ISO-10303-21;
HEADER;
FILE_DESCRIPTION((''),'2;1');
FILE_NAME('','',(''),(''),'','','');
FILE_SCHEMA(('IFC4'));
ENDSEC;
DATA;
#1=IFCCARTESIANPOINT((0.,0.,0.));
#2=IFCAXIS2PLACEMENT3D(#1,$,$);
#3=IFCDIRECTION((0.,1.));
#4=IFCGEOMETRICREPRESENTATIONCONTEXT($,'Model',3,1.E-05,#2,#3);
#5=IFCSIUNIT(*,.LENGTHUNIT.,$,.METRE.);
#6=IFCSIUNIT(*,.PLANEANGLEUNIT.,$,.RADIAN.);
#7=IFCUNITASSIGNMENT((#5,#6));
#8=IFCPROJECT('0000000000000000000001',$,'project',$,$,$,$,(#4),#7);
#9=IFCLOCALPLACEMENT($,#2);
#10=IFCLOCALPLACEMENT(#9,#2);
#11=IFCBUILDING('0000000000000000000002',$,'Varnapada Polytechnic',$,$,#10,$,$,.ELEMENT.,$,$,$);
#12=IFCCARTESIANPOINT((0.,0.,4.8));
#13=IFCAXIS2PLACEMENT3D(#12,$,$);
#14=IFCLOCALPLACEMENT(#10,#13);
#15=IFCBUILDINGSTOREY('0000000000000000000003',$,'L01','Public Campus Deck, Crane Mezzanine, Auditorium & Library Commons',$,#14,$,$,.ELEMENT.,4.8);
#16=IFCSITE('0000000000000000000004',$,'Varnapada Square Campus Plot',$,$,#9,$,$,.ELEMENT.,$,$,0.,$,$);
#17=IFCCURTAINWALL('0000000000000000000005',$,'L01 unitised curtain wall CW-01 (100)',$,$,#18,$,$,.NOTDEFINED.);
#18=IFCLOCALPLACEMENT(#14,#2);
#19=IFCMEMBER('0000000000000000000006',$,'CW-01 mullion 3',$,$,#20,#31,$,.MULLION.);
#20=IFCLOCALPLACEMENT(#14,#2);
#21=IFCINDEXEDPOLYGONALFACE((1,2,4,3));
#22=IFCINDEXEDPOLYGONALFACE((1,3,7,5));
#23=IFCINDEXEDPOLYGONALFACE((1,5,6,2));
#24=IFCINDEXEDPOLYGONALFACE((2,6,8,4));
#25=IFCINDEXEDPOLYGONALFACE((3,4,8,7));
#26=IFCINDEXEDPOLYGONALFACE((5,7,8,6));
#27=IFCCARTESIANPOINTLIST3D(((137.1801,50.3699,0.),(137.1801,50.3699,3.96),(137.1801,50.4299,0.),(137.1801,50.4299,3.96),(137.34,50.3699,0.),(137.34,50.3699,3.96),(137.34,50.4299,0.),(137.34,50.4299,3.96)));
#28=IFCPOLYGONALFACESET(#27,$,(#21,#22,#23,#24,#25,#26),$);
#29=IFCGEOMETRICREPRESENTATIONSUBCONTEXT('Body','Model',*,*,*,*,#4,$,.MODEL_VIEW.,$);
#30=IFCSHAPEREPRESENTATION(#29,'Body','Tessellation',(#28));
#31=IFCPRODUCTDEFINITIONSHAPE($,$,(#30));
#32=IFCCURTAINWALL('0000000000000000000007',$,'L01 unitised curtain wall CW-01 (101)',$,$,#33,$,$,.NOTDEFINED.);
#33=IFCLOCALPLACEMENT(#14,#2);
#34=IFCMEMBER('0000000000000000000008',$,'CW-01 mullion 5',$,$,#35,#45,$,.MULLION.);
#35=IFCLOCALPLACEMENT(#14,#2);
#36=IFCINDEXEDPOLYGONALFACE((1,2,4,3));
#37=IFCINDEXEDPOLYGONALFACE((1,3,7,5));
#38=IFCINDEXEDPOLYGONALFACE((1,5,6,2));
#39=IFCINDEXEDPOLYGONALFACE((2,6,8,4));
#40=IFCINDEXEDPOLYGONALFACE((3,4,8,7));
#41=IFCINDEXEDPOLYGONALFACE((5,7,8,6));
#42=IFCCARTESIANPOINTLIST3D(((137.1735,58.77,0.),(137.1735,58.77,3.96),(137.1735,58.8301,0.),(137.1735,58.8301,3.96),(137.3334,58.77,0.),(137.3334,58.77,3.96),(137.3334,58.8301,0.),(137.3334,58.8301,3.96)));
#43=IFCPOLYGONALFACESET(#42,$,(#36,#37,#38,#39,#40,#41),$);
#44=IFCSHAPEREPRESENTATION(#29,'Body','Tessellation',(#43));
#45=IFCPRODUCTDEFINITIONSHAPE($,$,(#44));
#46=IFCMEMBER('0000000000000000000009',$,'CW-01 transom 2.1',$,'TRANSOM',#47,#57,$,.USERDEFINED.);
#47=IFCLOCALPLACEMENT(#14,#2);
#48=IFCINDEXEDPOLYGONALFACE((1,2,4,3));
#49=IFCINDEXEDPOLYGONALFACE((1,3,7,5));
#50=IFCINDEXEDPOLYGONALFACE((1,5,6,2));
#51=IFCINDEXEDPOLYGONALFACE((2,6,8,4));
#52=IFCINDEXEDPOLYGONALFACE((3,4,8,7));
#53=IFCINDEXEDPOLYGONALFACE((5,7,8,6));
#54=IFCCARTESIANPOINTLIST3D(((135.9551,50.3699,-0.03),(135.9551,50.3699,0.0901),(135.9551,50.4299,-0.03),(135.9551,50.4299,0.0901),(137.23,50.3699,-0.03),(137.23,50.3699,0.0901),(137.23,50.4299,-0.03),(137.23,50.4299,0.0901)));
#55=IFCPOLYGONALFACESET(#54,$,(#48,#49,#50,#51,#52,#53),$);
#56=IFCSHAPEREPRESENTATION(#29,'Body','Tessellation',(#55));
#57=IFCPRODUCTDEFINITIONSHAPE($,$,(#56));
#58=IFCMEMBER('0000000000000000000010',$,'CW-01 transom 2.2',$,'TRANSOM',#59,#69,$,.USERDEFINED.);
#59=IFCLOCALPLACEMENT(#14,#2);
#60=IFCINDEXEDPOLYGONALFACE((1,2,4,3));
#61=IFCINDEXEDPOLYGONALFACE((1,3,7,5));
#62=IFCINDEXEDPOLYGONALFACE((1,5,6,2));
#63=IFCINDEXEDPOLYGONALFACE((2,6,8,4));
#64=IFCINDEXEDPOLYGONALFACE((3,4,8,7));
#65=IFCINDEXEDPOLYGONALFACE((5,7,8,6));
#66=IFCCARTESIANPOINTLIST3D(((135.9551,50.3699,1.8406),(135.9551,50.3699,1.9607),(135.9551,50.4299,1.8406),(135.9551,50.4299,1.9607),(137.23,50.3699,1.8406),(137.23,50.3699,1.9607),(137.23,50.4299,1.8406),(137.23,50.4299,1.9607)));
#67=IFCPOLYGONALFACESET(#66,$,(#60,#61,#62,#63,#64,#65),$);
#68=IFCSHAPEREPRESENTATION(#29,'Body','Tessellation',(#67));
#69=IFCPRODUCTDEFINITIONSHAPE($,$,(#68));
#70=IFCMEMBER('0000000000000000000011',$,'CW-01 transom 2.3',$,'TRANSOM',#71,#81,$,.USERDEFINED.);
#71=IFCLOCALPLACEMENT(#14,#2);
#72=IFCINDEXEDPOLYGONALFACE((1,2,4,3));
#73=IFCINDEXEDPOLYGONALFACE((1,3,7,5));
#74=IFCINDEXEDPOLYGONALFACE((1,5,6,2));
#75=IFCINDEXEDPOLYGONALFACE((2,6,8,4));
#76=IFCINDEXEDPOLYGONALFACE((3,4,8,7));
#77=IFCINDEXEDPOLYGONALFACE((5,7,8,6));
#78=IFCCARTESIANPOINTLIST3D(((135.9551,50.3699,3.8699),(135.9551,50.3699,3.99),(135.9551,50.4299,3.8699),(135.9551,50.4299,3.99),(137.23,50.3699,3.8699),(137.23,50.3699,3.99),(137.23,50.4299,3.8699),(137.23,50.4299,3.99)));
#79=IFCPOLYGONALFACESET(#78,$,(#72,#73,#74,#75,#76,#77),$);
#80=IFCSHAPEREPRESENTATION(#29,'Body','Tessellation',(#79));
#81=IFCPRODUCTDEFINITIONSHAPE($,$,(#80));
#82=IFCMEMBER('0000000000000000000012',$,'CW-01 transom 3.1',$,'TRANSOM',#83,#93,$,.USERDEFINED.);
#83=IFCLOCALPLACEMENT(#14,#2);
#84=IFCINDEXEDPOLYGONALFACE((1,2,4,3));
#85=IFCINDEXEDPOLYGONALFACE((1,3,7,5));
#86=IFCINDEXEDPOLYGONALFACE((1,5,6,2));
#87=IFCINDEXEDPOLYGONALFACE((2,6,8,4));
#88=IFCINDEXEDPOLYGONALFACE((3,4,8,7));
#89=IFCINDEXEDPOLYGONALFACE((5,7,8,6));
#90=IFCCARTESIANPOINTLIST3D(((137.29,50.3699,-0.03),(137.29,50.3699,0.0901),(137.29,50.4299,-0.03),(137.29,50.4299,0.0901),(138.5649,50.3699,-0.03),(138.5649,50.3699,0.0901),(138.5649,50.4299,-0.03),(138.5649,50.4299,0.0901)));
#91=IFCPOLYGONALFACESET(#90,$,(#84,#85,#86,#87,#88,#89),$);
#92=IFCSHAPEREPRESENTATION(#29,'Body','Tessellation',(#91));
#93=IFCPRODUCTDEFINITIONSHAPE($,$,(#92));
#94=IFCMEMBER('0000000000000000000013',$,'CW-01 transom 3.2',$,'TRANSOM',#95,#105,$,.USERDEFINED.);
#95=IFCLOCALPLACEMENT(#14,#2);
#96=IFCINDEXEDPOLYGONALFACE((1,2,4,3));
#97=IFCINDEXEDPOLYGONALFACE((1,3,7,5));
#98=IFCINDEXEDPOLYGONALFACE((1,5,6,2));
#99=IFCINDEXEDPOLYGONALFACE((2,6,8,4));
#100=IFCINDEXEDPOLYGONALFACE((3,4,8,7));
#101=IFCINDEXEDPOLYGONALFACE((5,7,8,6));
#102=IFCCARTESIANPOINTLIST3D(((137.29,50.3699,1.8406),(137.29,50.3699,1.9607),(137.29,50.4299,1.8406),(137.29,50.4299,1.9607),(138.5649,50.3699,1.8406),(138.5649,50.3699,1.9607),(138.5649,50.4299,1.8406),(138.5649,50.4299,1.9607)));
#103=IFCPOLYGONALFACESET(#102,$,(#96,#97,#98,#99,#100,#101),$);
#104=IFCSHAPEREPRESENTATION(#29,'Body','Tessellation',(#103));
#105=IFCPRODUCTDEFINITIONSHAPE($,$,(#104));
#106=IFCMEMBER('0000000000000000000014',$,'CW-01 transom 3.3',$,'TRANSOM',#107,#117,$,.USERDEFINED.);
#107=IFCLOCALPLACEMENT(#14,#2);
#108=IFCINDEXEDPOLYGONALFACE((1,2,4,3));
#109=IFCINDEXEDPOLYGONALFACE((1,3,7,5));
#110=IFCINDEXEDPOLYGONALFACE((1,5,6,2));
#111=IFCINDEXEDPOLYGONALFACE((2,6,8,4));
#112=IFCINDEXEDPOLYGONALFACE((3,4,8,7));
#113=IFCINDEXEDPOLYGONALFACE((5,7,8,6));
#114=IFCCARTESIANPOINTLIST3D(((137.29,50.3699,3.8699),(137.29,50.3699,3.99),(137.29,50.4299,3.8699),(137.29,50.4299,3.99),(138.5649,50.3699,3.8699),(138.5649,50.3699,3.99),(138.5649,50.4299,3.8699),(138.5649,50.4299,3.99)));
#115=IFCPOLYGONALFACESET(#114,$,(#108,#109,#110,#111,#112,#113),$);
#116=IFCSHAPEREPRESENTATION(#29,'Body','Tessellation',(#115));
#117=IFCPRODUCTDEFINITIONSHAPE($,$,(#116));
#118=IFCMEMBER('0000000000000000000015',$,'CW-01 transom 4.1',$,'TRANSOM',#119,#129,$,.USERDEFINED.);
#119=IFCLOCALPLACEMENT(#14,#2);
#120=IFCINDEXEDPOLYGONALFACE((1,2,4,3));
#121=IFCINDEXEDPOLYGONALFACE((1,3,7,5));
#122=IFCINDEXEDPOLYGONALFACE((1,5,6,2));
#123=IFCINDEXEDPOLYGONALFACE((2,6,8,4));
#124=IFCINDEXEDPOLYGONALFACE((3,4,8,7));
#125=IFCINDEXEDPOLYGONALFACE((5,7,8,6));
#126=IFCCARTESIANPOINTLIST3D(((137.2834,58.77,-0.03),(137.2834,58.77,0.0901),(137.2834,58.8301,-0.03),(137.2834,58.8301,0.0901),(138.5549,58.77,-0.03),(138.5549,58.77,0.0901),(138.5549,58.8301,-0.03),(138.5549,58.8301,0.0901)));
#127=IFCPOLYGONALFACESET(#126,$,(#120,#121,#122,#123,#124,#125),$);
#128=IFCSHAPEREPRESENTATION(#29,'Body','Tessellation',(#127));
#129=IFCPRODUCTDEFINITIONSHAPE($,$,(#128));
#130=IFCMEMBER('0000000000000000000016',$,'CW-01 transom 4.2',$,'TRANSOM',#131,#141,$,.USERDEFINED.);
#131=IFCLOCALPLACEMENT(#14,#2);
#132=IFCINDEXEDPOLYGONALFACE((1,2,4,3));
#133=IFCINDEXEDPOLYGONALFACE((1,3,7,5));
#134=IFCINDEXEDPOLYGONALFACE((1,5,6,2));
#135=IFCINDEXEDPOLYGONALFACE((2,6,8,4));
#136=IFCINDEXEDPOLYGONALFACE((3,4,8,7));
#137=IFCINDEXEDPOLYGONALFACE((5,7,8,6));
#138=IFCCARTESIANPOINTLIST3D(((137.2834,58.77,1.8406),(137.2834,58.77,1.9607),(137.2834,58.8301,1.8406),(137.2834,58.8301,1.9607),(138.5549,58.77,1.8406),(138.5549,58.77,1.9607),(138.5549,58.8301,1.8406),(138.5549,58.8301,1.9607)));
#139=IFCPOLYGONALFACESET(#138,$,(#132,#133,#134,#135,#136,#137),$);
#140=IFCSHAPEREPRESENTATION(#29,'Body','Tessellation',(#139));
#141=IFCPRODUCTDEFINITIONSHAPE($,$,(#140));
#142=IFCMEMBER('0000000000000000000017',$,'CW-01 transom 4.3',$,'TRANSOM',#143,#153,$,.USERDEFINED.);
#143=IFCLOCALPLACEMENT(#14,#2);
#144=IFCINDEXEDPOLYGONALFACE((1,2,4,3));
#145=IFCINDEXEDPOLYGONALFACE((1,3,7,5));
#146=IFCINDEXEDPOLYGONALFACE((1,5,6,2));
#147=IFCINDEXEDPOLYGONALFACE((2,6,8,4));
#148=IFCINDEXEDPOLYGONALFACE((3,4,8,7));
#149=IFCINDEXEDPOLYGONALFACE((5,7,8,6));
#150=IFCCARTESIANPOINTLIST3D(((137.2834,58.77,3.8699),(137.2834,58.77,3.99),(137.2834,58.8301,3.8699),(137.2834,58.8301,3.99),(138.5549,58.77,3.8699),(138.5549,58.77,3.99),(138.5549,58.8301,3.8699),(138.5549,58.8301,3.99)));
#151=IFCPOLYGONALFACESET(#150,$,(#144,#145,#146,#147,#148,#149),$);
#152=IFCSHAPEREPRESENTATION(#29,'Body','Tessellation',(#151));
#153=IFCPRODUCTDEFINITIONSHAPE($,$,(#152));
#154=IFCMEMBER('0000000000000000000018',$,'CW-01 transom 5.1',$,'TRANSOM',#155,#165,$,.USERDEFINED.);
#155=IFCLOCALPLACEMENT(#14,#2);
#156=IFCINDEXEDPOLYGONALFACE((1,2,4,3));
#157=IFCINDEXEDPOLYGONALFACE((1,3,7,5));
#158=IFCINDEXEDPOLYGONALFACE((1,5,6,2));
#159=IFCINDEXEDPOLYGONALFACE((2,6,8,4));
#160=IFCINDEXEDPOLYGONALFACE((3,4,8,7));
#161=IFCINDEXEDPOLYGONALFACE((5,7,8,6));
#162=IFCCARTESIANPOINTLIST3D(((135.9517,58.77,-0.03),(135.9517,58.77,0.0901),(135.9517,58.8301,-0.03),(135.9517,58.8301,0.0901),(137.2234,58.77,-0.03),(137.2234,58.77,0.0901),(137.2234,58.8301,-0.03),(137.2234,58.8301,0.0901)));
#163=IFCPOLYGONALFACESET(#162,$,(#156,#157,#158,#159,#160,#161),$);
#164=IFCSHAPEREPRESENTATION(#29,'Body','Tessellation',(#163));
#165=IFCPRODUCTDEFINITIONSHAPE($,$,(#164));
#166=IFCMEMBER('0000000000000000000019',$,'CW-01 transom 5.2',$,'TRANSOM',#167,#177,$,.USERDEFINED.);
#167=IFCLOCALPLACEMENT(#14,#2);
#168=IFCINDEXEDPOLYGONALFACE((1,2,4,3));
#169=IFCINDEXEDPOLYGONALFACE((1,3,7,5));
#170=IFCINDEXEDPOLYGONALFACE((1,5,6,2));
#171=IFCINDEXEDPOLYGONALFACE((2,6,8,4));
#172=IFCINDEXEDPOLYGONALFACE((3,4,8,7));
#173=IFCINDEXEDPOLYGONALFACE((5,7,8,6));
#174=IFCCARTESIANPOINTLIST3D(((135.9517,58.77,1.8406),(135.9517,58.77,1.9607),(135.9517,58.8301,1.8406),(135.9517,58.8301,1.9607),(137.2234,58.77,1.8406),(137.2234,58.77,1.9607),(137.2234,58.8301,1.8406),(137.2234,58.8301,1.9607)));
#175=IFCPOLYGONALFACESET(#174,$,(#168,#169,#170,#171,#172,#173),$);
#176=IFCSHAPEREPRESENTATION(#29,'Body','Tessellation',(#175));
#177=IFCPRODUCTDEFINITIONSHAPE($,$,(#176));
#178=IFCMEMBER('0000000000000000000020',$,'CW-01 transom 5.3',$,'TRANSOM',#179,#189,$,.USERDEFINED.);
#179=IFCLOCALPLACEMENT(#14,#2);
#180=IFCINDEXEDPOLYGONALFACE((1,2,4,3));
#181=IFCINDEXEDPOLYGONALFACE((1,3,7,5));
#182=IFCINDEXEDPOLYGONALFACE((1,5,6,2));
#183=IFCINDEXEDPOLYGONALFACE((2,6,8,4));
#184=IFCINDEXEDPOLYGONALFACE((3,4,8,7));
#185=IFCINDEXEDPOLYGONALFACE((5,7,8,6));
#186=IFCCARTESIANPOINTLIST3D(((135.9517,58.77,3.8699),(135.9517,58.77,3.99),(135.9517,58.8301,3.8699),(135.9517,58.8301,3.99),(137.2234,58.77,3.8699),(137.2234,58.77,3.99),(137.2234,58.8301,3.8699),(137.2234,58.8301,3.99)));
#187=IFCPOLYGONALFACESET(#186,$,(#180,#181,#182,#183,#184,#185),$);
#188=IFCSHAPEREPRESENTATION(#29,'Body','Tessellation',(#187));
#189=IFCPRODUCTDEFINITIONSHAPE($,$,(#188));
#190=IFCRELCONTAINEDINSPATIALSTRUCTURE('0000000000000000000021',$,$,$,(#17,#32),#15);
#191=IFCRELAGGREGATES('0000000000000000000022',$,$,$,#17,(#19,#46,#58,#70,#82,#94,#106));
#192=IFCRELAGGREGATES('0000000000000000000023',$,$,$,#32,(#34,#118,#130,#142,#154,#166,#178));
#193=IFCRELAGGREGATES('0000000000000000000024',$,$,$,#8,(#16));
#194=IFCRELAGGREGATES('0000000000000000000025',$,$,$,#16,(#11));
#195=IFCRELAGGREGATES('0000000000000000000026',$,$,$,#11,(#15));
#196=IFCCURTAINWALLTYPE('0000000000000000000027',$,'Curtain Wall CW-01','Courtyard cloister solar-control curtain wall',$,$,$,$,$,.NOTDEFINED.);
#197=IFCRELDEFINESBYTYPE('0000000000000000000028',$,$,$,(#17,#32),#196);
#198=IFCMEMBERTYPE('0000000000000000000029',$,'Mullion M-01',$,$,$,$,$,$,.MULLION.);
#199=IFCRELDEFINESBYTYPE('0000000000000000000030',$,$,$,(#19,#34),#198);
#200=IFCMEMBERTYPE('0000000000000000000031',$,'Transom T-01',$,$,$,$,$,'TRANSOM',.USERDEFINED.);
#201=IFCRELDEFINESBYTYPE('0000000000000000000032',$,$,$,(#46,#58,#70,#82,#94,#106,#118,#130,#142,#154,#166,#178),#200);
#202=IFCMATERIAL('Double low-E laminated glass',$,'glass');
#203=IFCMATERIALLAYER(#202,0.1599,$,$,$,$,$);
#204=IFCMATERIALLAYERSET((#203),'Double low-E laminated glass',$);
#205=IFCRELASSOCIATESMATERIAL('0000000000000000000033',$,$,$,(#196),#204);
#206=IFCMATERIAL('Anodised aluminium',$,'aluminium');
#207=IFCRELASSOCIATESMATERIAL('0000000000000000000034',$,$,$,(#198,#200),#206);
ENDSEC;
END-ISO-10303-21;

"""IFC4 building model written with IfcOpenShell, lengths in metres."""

from ifc_helpers import new_model, si_unit, direction, frame, origin, origin_2d, place, context, subcontext, project, spatial, rectangle, extrude, material, layer, layer_set, material_profile, profile_set, type_object, element, aggregate, save


model = new_model("IFC4")

# Units and contexts
model_context = context("Model", 3, precision=1e-05, world=origin(), true_north=direction((0.0, 1.0)))
body_context = subcontext(model_context, "Body", "Model", "MODEL_VIEW")
ifc_project = project(units=[si_unit("LENGTHUNIT", "METRE"), si_unit("PLANEANGLEUNIT", "RADIAN")], contexts=[model_context])

# Site, building, storey
site_placement = place(None, origin())
site = spatial("IfcSite", under=ifc_project, at=site_placement, Name="Varnapada Square Campus Plot", CompositionType="ELEMENT", RefElevation=0.0)
building_placement = place(site_placement, origin())
building = spatial("IfcBuilding", under=site, at=building_placement, Name="Varnapada Polytechnic", CompositionType="ELEMENT")
storey_placement = place(building_placement, frame((0.0, 0.0, 4.8)))
storey = spatial("IfcBuildingStorey", under=building, at=storey_placement, Name="L01", Description="Public Campus Deck, Crane Mezzanine, Auditorium & Library Commons", CompositionType="ELEMENT", Elevation=4.8)

# Curtain walls, members
ifc_material_1 = material(Name="Double low-E laminated glass", Category="glass")
ifc_layer_1 = layer(ifc_material_1, 0.1599)
ifc_layer_set_1 = layer_set([ifc_layer_1], Name="Double low-E laminated glass")
curtain_wall_type = type_object("IfcCurtainWallType", Name="Curtain Wall CW-01", Description="Courtyard cloister solar-control curtain wall", PredefinedType="NOTDEFINED", material=ifc_layer_set_1)
curtain_wall_1_placement = place(storey_placement, origin())
curtain_wall_1 = element("IfcCurtainWall", 1, at=curtain_wall_1_placement, inside=storey, type_object=curtain_wall_type, Name="L01 unitised curtain wall CW-01 (100)", PredefinedType="NOTDEFINED")
ifc_material_2 = material(Name="Anodised aluminium", Category="aluminium")
ifc_material_profile_1 = material_profile(ifc_material_2, rectangle(XDim=0.0601, YDim=0.1599, at=origin_2d()), Name="ALU M60x160")
ifc_profile_set_1 = profile_set([ifc_material_profile_1], Name="Anodised aluminium")
member_type_1 = type_object("IfcMemberType", Name="Mullion M-01", PredefinedType="MULLION", material=ifc_profile_set_1)
member_1_placement = place(storey_placement, frame((137.26, 50.3999, 0.0), z_axis=(0.0, 0.0, 1.0), x_axis=(0.0, 1.0, 0.0)))
member_1 = element("IfcMember", 2, at=member_1_placement, type_object=member_type_1, Name="CW-01 mullion 3", PredefinedType="MULLION", context=body_context, shape_type="SweptSolid", body=[
    extrude(rectangle(XDim=0.0601, YDim=0.1599, at=origin_2d()), origin(), (0.0, 0.0, 1.0), 3.96),
])
curtain_wall_2_placement = place(storey_placement, origin())
curtain_wall_2 = element("IfcCurtainWall", 3, at=curtain_wall_2_placement, inside=storey, type_object=curtain_wall_type, Name="L01 unitised curtain wall CW-01 (101)", PredefinedType="NOTDEFINED")
member_2_placement = place(storey_placement, frame((137.2534, 58.8, 0.0), z_axis=(0.0, 0.0, 1.0), x_axis=(0.0, -1.0, 0.0)))
member_2 = element("IfcMember", 4, at=member_2_placement, type_object=member_type_1, Name="CW-01 mullion 5", PredefinedType="MULLION", context=body_context, shape_type="SweptSolid", body=[
    extrude(rectangle(XDim=0.0601, YDim=0.1599, at=origin_2d()), origin(), (0.0, 0.0, 1.0), 3.96),
])

# Members
ifc_material_profile_2 = material_profile(ifc_material_2, rectangle(XDim=0.0601, YDim=0.1201, at=origin_2d()), Name="ALU T60x120")
ifc_profile_set_2 = profile_set([ifc_material_profile_2], Name="Anodised aluminium")
member_type_2 = type_object("IfcMemberType", Name="Transom T-01", ElementType="TRANSOM", PredefinedType="USERDEFINED", material=ifc_profile_set_2)
member_3_placement = place(storey_placement, frame((135.9551, 50.3999, 0.03), z_axis=(1.0, 0.0, 0.0), x_axis=(0.0, 1.0, 0.0)))
member_3 = element("IfcMember", 5, at=member_3_placement, type_object=member_type_2, Name="CW-01 transom 2.1", ObjectType="TRANSOM", PredefinedType="USERDEFINED", context=body_context, shape_type="SweptSolid", body=[
    extrude(rectangle(XDim=0.0601, YDim=0.1201, at=origin_2d()), origin(), (0.0, 0.0, 1.0), 1.2749),
])
member_4_placement = place(storey_placement, frame((135.9551, 50.3999, 1.9006), z_axis=(1.0, 0.0, 0.0), x_axis=(0.0, 1.0, 0.0)))
member_4 = element("IfcMember", 6, at=member_4_placement, type_object=member_type_2, Name="CW-01 transom 2.2", ObjectType="TRANSOM", PredefinedType="USERDEFINED", context=body_context, shape_type="SweptSolid", body=[
    extrude(rectangle(XDim=0.0601, YDim=0.1201, at=origin_2d()), origin(), (0.0, 0.0, 1.0), 1.2749),
])
member_5_placement = place(storey_placement, frame((135.9551, 50.3999, 3.9299), z_axis=(1.0, 0.0, 0.0), x_axis=(0.0, 1.0, 0.0)))
member_5 = element("IfcMember", 7, at=member_5_placement, type_object=member_type_2, Name="CW-01 transom 2.3", ObjectType="TRANSOM", PredefinedType="USERDEFINED", context=body_context, shape_type="SweptSolid", body=[
    extrude(rectangle(XDim=0.0601, YDim=0.1201, at=origin_2d()), origin(), (0.0, 0.0, 1.0), 1.2749),
])
member_6_placement = place(storey_placement, frame((137.29, 50.3999, 0.03), z_axis=(1.0, 0.0, 0.0), x_axis=(0.0, 1.0, 0.0)))
member_6 = element("IfcMember", 8, at=member_6_placement, type_object=member_type_2, Name="CW-01 transom 3.1", ObjectType="TRANSOM", PredefinedType="USERDEFINED", context=body_context, shape_type="SweptSolid", body=[
    extrude(rectangle(XDim=0.0601, YDim=0.1201, at=origin_2d()), origin(), (0.0, 0.0, 1.0), 1.2749),
])
member_7_placement = place(storey_placement, frame((137.29, 50.3999, 1.9006), z_axis=(1.0, 0.0, 0.0), x_axis=(0.0, 1.0, 0.0)))
member_7 = element("IfcMember", 9, at=member_7_placement, type_object=member_type_2, Name="CW-01 transom 3.2", ObjectType="TRANSOM", PredefinedType="USERDEFINED", context=body_context, shape_type="SweptSolid", body=[
    extrude(rectangle(XDim=0.0601, YDim=0.1201, at=origin_2d()), origin(), (0.0, 0.0, 1.0), 1.2749),
])
member_8_placement = place(storey_placement, frame((137.29, 50.3999, 3.9299), z_axis=(1.0, 0.0, 0.0), x_axis=(0.0, 1.0, 0.0)))
member_8 = element("IfcMember", 10, at=member_8_placement, type_object=member_type_2, Name="CW-01 transom 3.3", ObjectType="TRANSOM", PredefinedType="USERDEFINED", context=body_context, shape_type="SweptSolid", body=[
    extrude(rectangle(XDim=0.0601, YDim=0.1201, at=origin_2d()), origin(), (0.0, 0.0, 1.0), 1.2749),
])
member_9_placement = place(storey_placement, frame((138.5549, 58.8, 0.03), z_axis=(-1.0, 0.0, 0.0), x_axis=(0.0, -1.0, 0.0)))
member_9 = element("IfcMember", 11, at=member_9_placement, type_object=member_type_2, Name="CW-01 transom 4.1", ObjectType="TRANSOM", PredefinedType="USERDEFINED", context=body_context, shape_type="SweptSolid", body=[
    extrude(rectangle(XDim=0.0601, YDim=0.1201, at=origin_2d()), origin(), (0.0, 0.0, 1.0), 1.2715),
])
member_10_placement = place(storey_placement, frame((138.5549, 58.8, 1.9006), z_axis=(-1.0, 0.0, 0.0), x_axis=(0.0, -1.0, 0.0)))
member_10 = element("IfcMember", 12, at=member_10_placement, type_object=member_type_2, Name="CW-01 transom 4.2", ObjectType="TRANSOM", PredefinedType="USERDEFINED", context=body_context, shape_type="SweptSolid", body=[
    extrude(rectangle(XDim=0.0601, YDim=0.1201, at=origin_2d()), origin(), (0.0, 0.0, 1.0), 1.2715),
])
member_11_placement = place(storey_placement, frame((138.5549, 58.8, 3.9299), z_axis=(-1.0, 0.0, 0.0), x_axis=(0.0, -1.0, 0.0)))
member_11 = element("IfcMember", 13, at=member_11_placement, type_object=member_type_2, Name="CW-01 transom 4.3", ObjectType="TRANSOM", PredefinedType="USERDEFINED", context=body_context, shape_type="SweptSolid", body=[
    extrude(rectangle(XDim=0.0601, YDim=0.1201, at=origin_2d()), origin(), (0.0, 0.0, 1.0), 1.2715),
])
member_12_placement = place(storey_placement, frame((137.2234, 58.8, 0.03), z_axis=(-1.0, 0.0, 0.0), x_axis=(0.0, -1.0, 0.0)))
member_12 = element("IfcMember", 14, at=member_12_placement, type_object=member_type_2, Name="CW-01 transom 5.1", ObjectType="TRANSOM", PredefinedType="USERDEFINED", context=body_context, shape_type="SweptSolid", body=[
    extrude(rectangle(XDim=0.0601, YDim=0.1201, at=origin_2d()), origin(), (0.0, 0.0, 1.0), 1.2717),
])
member_13_placement = place(storey_placement, frame((137.2234, 58.8, 1.9006), z_axis=(-1.0, 0.0, 0.0), x_axis=(0.0, -1.0, 0.0)))
member_13 = element("IfcMember", 15, at=member_13_placement, type_object=member_type_2, Name="CW-01 transom 5.2", ObjectType="TRANSOM", PredefinedType="USERDEFINED", context=body_context, shape_type="SweptSolid", body=[
    extrude(rectangle(XDim=0.0601, YDim=0.1201, at=origin_2d()), origin(), (0.0, 0.0, 1.0), 1.2717),
])
member_14_placement = place(storey_placement, frame((137.2234, 58.8, 3.9299), z_axis=(-1.0, 0.0, 0.0), x_axis=(0.0, -1.0, 0.0)))
member_14 = element("IfcMember", 16, at=member_14_placement, type_object=member_type_2, Name="CW-01 transom 5.3", ObjectType="TRANSOM", PredefinedType="USERDEFINED", context=body_context, shape_type="SweptSolid", body=[
    extrude(rectangle(XDim=0.0601, YDim=0.1201, at=origin_2d()), origin(), (0.0, 0.0, 1.0), 1.2717),
])

aggregate(curtain_wall_1, [member_1, member_3, member_4, member_5, member_6, member_7, member_8])
aggregate(curtain_wall_2, [member_2, member_9, member_10, member_11, member_12, member_13, member_14])

save(model, "model.ifc")
